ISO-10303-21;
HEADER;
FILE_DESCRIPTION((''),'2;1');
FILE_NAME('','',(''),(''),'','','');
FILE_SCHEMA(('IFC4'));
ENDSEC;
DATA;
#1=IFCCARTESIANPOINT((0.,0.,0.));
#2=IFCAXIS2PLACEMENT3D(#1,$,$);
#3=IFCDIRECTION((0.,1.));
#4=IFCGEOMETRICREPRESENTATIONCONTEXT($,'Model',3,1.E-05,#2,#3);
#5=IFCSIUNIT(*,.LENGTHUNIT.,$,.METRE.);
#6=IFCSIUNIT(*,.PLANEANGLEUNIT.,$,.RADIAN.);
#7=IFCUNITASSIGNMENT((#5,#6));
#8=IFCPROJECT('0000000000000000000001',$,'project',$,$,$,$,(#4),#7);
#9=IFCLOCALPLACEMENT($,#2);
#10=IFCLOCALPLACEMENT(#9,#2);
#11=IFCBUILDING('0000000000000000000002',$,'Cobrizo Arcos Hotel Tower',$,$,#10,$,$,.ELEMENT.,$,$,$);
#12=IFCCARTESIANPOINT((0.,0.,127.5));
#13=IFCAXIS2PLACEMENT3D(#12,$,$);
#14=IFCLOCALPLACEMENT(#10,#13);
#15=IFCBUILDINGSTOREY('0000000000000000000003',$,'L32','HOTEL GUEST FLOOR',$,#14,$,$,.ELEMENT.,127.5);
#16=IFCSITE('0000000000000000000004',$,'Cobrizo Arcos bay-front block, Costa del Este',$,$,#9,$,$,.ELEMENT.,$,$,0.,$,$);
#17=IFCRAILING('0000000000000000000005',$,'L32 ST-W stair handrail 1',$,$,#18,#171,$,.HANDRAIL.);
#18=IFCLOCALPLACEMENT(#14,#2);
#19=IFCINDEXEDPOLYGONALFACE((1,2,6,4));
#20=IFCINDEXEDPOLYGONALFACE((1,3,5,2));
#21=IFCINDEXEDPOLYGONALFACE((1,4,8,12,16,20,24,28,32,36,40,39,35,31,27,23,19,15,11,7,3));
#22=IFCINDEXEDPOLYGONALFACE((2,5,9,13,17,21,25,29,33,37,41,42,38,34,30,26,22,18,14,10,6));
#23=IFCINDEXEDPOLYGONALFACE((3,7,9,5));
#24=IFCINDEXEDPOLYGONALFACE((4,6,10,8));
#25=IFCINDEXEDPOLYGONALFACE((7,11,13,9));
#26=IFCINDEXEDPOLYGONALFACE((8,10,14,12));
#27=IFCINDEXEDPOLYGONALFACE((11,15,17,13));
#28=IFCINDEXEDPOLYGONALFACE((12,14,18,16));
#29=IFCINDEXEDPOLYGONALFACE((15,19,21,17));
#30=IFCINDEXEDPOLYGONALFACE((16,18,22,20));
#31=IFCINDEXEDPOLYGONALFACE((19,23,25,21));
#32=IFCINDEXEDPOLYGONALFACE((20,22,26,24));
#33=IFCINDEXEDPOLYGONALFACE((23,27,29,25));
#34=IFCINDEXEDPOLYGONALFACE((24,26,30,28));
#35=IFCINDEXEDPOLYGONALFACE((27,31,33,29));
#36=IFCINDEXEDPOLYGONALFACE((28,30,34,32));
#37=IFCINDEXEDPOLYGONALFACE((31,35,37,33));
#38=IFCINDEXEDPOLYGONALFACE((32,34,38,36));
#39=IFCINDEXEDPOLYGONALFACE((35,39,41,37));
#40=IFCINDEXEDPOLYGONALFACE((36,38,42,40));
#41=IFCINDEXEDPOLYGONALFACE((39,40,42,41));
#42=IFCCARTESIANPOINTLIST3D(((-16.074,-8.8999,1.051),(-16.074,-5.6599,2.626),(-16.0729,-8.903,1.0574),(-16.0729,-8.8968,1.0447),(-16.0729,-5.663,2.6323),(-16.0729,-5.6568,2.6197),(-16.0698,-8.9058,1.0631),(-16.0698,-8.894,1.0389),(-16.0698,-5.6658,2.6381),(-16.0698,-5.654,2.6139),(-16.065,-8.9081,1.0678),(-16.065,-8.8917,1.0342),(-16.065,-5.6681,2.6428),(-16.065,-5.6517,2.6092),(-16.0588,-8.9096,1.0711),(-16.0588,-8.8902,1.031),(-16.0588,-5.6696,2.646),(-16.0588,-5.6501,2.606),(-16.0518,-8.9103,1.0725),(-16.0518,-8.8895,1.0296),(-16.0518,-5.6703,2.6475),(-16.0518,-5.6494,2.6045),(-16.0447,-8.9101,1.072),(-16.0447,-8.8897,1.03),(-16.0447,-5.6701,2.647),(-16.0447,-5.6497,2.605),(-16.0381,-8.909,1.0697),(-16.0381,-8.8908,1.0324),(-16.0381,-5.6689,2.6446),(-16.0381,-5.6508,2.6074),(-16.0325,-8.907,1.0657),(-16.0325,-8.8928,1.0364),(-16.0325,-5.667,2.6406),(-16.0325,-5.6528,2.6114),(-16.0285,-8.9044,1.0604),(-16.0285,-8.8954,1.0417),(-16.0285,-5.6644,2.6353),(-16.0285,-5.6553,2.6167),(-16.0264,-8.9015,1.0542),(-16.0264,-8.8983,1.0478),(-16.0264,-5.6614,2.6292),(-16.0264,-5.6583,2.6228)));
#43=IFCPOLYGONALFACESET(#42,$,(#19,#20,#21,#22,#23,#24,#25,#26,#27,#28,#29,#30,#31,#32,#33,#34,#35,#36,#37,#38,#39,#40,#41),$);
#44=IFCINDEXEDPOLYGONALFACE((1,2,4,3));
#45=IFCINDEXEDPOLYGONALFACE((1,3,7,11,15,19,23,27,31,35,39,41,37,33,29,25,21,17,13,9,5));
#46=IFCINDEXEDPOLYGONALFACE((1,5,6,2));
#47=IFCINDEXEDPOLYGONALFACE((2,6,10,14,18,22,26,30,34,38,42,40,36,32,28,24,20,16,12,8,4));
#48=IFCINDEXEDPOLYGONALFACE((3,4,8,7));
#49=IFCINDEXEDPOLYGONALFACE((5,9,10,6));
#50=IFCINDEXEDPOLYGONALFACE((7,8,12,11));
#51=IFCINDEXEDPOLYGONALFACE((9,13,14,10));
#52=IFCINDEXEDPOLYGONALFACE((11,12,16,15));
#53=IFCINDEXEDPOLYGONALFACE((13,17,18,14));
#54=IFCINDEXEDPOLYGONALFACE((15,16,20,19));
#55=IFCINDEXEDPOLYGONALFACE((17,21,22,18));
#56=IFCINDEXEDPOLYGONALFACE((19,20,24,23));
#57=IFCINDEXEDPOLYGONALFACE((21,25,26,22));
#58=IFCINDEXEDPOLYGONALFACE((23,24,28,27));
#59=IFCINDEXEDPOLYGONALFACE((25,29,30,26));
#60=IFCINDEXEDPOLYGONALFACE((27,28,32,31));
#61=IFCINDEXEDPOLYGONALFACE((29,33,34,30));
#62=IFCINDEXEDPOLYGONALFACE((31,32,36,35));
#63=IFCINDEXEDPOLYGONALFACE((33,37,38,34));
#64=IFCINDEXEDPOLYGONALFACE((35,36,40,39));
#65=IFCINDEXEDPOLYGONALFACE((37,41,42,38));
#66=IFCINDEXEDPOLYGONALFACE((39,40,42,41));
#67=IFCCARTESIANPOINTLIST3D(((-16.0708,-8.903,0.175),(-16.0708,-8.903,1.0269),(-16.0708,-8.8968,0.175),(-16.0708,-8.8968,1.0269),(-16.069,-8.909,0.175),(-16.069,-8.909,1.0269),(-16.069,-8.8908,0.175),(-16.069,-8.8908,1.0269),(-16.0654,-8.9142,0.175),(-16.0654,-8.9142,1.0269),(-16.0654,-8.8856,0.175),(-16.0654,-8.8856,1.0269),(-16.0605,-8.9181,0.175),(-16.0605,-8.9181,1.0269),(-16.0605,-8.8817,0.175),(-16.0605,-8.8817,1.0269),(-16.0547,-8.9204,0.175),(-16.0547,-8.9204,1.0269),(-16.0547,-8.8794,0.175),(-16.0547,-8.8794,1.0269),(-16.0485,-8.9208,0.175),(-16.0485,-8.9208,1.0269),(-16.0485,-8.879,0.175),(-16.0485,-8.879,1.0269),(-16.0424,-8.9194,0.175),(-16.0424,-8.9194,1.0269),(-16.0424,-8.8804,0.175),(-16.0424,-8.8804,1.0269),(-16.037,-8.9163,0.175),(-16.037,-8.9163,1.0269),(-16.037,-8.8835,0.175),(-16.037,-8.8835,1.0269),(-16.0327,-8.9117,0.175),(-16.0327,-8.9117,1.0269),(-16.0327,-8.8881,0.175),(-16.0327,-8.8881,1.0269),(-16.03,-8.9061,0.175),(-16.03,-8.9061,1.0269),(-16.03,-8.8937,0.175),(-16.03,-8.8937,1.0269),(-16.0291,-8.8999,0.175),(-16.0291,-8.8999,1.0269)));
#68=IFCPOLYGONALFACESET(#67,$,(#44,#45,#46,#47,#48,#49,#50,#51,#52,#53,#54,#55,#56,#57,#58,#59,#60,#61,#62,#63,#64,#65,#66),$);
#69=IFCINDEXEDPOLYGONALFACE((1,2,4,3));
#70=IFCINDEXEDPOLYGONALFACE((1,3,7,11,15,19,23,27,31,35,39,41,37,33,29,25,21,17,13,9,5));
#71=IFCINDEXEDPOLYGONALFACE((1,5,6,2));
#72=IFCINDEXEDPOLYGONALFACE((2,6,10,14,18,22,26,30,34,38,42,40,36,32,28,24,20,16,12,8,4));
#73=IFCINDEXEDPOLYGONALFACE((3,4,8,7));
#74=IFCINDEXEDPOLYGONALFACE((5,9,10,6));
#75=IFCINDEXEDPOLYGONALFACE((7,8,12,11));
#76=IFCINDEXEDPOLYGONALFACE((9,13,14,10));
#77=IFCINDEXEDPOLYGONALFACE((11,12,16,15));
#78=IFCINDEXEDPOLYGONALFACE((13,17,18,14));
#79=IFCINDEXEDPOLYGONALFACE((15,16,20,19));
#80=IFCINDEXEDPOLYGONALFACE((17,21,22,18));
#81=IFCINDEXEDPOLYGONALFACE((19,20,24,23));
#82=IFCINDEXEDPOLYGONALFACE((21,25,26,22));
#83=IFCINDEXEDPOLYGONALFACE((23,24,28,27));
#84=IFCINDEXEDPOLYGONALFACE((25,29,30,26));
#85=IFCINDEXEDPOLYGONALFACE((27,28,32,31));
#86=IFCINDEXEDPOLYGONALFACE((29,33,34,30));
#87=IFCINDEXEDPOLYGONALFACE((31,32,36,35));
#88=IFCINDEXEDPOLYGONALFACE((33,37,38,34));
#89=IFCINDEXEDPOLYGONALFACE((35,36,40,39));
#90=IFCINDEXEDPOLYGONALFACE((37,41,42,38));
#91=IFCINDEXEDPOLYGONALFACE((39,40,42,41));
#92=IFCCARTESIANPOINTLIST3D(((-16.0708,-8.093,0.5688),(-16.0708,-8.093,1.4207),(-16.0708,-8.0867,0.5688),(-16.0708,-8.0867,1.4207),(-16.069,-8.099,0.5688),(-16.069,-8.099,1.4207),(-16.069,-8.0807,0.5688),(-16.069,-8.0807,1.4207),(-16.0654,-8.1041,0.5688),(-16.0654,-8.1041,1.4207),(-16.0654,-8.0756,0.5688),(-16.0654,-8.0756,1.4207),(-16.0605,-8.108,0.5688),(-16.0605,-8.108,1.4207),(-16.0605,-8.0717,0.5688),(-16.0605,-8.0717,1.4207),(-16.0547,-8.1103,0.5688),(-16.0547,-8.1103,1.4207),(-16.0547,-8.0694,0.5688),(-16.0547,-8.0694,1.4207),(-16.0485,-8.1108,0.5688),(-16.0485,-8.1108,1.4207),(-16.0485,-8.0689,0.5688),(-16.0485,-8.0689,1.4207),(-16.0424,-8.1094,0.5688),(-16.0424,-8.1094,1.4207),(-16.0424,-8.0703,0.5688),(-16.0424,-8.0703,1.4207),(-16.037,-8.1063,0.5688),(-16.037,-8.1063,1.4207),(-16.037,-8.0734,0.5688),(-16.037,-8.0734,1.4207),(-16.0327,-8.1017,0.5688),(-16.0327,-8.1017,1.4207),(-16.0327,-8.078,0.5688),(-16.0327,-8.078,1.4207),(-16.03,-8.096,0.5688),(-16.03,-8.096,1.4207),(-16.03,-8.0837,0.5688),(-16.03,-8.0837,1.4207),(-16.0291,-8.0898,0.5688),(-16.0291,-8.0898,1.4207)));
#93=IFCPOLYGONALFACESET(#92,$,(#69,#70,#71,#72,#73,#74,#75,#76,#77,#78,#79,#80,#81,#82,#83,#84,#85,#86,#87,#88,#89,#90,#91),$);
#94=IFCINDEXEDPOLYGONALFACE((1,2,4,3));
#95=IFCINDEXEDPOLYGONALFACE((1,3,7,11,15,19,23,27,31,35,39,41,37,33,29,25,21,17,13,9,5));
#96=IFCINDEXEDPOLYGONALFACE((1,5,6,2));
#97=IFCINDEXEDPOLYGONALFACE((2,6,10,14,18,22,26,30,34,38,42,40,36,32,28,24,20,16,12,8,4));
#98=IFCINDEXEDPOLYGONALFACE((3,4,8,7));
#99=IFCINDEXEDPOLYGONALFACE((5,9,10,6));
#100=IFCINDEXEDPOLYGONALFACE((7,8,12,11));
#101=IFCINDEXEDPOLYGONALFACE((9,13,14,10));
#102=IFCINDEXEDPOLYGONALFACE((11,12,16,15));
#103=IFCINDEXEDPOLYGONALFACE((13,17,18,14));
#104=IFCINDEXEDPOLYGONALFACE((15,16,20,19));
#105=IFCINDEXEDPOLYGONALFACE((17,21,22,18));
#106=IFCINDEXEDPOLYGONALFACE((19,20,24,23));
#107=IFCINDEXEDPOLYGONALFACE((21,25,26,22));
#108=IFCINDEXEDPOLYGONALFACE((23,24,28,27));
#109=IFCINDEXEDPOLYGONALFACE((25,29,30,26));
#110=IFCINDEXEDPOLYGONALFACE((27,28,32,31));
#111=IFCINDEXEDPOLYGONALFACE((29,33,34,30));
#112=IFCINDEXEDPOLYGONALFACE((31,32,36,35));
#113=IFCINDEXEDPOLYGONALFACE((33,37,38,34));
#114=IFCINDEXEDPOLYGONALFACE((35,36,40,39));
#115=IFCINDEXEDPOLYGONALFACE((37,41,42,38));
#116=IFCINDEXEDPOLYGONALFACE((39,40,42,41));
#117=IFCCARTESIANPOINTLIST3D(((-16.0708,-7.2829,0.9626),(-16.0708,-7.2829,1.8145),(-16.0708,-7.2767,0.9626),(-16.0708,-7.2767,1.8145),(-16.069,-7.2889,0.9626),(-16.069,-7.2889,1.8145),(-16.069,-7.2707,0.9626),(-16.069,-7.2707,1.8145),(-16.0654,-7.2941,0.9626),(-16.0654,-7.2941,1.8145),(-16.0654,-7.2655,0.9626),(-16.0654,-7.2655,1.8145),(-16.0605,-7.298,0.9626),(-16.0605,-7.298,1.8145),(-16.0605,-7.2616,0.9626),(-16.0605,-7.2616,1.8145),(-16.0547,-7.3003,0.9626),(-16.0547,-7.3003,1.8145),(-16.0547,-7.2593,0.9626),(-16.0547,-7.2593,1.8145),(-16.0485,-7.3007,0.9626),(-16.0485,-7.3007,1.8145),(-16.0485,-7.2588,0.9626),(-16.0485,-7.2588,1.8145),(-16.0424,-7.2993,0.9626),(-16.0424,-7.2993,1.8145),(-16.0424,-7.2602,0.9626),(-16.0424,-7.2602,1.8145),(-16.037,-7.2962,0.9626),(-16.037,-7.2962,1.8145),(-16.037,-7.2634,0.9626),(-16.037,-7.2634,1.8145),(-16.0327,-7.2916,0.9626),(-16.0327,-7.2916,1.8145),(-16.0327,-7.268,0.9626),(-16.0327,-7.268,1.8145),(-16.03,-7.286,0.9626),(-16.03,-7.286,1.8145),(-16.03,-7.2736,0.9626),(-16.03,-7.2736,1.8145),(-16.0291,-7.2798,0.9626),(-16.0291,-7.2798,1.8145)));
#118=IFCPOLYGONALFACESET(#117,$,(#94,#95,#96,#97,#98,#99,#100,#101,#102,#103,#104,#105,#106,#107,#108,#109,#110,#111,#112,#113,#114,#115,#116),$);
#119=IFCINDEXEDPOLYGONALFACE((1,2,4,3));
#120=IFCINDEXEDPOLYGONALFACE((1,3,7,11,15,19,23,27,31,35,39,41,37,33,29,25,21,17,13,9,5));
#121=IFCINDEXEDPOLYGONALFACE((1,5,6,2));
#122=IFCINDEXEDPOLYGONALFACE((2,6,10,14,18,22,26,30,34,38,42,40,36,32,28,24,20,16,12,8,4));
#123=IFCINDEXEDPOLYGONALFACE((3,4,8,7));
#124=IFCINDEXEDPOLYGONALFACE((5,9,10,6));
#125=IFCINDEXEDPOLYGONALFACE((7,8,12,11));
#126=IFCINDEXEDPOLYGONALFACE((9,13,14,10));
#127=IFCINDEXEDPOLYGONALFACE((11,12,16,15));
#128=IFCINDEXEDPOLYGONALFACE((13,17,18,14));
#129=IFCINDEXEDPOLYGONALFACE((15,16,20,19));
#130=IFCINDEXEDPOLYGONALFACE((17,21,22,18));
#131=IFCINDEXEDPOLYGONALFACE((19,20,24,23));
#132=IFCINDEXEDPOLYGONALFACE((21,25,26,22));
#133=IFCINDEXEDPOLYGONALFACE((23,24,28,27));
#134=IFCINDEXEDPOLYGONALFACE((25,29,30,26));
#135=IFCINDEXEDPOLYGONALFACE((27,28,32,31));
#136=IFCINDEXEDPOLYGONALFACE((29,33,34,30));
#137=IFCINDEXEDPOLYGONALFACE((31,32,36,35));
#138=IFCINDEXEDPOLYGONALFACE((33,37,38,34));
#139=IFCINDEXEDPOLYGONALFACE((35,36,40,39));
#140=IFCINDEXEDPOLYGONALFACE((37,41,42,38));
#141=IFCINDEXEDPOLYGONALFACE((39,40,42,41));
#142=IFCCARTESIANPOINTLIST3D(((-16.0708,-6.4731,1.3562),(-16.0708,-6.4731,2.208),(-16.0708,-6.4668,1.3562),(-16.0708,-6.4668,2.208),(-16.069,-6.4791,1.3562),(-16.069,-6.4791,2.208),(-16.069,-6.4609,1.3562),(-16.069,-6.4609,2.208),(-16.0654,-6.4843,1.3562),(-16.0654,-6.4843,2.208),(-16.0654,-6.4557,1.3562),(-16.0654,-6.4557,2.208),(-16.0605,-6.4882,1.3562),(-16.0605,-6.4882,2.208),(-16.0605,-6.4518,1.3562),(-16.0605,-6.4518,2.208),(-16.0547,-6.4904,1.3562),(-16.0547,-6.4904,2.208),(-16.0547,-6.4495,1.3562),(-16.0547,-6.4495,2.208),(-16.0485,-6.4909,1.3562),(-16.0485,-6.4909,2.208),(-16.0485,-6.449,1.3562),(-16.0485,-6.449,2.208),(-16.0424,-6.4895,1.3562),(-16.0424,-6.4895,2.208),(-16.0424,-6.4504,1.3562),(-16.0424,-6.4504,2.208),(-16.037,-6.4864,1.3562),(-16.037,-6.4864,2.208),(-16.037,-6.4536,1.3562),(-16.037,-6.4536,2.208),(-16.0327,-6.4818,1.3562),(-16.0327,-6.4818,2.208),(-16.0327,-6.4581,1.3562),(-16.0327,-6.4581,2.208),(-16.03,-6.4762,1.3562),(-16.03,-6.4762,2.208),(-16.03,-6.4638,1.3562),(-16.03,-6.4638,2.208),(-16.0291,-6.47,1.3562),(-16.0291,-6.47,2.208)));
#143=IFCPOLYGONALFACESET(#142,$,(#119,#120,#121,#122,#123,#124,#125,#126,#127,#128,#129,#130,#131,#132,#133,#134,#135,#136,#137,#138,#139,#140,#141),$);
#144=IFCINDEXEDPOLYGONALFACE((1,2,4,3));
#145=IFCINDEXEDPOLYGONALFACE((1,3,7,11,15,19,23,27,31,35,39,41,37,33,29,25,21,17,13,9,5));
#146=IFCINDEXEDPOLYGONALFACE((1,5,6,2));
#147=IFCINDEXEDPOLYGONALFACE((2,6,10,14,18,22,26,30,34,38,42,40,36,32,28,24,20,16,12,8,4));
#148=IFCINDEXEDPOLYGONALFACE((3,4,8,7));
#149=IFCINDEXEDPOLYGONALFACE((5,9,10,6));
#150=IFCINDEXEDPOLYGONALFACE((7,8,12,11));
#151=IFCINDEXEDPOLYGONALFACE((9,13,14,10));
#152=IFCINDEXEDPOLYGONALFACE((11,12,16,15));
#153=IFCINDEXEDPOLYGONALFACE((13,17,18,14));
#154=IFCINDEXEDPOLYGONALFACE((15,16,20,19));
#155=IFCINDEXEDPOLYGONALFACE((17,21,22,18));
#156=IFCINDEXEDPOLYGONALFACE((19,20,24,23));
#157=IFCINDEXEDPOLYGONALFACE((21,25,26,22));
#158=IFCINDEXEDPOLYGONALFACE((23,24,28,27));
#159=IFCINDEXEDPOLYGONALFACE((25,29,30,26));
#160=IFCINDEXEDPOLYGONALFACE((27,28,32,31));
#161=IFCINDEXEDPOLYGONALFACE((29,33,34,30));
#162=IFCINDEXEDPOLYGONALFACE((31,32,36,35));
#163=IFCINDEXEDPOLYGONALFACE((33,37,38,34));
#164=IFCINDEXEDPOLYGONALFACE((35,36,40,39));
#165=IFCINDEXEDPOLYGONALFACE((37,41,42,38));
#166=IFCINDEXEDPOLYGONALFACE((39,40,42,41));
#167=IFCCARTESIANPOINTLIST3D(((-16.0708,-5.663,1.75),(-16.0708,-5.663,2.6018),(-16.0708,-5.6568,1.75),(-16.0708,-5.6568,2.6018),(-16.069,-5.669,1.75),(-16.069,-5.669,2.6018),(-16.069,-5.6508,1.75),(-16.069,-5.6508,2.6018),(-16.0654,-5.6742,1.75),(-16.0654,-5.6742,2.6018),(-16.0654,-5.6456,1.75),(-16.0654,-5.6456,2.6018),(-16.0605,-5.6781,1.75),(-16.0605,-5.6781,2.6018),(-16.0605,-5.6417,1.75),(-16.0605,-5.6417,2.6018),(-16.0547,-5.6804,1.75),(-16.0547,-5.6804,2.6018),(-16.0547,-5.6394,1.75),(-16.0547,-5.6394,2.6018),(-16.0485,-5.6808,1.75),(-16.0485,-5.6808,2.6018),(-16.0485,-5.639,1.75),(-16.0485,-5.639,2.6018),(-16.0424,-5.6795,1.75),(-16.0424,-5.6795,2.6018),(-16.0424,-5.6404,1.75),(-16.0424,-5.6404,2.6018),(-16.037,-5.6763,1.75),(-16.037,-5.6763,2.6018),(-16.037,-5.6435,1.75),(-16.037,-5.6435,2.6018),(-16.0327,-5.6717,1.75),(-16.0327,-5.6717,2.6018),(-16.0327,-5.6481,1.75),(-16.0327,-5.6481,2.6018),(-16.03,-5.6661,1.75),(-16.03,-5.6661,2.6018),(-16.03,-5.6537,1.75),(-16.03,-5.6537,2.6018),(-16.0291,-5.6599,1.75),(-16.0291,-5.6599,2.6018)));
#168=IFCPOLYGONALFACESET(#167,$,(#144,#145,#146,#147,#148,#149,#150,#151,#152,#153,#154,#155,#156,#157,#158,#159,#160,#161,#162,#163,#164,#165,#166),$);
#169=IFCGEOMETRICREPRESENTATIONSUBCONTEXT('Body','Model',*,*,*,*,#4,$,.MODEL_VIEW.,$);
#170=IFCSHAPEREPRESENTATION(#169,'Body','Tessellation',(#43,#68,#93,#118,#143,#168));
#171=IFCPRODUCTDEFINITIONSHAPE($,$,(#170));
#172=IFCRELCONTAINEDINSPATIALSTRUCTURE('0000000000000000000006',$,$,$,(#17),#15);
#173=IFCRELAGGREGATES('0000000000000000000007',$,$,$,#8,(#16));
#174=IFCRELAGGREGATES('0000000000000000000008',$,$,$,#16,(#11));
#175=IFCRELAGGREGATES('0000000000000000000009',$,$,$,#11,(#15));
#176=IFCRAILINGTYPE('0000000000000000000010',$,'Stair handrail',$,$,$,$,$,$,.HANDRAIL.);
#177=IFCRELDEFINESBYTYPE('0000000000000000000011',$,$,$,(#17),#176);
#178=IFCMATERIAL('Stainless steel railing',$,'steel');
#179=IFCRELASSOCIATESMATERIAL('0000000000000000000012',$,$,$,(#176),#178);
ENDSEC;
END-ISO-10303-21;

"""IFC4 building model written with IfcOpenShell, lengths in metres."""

from ifc_helpers import new_model, si_unit, direction, frame, origin, origin_2d, place, context, subcontext, project, spatial, circle, extrude, material, type_object, element, save


model = new_model("IFC4")

# Units and contexts
model_context = context("Model", 3, precision=1e-05, world=origin(), true_north=direction((0.0, 1.0)))
body_context = subcontext(model_context, "Body", "Model", "MODEL_VIEW")
ifc_project = project(units=[si_unit("LENGTHUNIT", "METRE"), si_unit("PLANEANGLEUNIT", "RADIAN")], contexts=[model_context])

# Site, building, storey
site_placement = place(None, origin())
site = spatial("IfcSite", under=ifc_project, at=site_placement, Name="Cobrizo Arcos bay-front block, Costa del Este", CompositionType="ELEMENT", RefElevation=0.0)
building_placement = place(site_placement, origin())
building = spatial("IfcBuilding", under=site, at=building_placement, Name="Cobrizo Arcos Hotel Tower", CompositionType="ELEMENT")
storey_placement = place(building_placement, frame((0.0, 0.0, 127.5)))
storey = spatial("IfcBuildingStorey", under=building, at=storey_placement, Name="L32", Description="HOTEL GUEST FLOOR", CompositionType="ELEMENT", Elevation=127.5)

# Railing
ifc_material_1 = material(Name="Stainless steel railing", Category="steel")
railing_type_1 = type_object("IfcRailingType", Name="Stair handrail", PredefinedType="HANDRAIL", material=ifc_material_1)
railing_1_placement = place(storey_placement, frame((-16.05, -8.8999, 0.175)))
element("IfcRailing", 1, at=railing_1_placement, inside=storey, type_object=railing_type_1, Name="L32 ST-W stair handrail 1", PredefinedType="HANDRAIL", context=body_context, shape_type="SweptSolid", body=[
    extrude(circle(Radius=0.0239, at=origin_2d()), frame((0.0, 0.0, 0.876), z_axis=(0.0, 0.899373, 0.437183), x_axis=(-1.0, 0.0, 0.0)), (0.0, 0.0, 1.0), 3.6025),
    extrude(circle(Radius=0.021, at=origin_2d()), origin(), (0.0, 0.0, 1.0), 0.8518),
    extrude(circle(Radius=0.021, at=origin_2d()), frame((0.0, 0.8101, 0.3938)), (0.0, 0.0, 1.0), 0.8518),
    extrude(circle(Radius=0.021, at=origin_2d()), frame((0.0, 1.6201, 0.7876)), (0.0, 0.0, 1.0), 0.8518),
    extrude(circle(Radius=0.021, at=origin_2d()), frame((0.0, 2.4299, 1.1812)), (0.0, 0.0, 1.0), 0.8518),
    extrude(circle(Radius=0.021, at=origin_2d()), frame((0.0, 3.24, 1.575)), (0.0, 0.0, 1.0), 0.8518),
])

save(model, "model.ifc")
